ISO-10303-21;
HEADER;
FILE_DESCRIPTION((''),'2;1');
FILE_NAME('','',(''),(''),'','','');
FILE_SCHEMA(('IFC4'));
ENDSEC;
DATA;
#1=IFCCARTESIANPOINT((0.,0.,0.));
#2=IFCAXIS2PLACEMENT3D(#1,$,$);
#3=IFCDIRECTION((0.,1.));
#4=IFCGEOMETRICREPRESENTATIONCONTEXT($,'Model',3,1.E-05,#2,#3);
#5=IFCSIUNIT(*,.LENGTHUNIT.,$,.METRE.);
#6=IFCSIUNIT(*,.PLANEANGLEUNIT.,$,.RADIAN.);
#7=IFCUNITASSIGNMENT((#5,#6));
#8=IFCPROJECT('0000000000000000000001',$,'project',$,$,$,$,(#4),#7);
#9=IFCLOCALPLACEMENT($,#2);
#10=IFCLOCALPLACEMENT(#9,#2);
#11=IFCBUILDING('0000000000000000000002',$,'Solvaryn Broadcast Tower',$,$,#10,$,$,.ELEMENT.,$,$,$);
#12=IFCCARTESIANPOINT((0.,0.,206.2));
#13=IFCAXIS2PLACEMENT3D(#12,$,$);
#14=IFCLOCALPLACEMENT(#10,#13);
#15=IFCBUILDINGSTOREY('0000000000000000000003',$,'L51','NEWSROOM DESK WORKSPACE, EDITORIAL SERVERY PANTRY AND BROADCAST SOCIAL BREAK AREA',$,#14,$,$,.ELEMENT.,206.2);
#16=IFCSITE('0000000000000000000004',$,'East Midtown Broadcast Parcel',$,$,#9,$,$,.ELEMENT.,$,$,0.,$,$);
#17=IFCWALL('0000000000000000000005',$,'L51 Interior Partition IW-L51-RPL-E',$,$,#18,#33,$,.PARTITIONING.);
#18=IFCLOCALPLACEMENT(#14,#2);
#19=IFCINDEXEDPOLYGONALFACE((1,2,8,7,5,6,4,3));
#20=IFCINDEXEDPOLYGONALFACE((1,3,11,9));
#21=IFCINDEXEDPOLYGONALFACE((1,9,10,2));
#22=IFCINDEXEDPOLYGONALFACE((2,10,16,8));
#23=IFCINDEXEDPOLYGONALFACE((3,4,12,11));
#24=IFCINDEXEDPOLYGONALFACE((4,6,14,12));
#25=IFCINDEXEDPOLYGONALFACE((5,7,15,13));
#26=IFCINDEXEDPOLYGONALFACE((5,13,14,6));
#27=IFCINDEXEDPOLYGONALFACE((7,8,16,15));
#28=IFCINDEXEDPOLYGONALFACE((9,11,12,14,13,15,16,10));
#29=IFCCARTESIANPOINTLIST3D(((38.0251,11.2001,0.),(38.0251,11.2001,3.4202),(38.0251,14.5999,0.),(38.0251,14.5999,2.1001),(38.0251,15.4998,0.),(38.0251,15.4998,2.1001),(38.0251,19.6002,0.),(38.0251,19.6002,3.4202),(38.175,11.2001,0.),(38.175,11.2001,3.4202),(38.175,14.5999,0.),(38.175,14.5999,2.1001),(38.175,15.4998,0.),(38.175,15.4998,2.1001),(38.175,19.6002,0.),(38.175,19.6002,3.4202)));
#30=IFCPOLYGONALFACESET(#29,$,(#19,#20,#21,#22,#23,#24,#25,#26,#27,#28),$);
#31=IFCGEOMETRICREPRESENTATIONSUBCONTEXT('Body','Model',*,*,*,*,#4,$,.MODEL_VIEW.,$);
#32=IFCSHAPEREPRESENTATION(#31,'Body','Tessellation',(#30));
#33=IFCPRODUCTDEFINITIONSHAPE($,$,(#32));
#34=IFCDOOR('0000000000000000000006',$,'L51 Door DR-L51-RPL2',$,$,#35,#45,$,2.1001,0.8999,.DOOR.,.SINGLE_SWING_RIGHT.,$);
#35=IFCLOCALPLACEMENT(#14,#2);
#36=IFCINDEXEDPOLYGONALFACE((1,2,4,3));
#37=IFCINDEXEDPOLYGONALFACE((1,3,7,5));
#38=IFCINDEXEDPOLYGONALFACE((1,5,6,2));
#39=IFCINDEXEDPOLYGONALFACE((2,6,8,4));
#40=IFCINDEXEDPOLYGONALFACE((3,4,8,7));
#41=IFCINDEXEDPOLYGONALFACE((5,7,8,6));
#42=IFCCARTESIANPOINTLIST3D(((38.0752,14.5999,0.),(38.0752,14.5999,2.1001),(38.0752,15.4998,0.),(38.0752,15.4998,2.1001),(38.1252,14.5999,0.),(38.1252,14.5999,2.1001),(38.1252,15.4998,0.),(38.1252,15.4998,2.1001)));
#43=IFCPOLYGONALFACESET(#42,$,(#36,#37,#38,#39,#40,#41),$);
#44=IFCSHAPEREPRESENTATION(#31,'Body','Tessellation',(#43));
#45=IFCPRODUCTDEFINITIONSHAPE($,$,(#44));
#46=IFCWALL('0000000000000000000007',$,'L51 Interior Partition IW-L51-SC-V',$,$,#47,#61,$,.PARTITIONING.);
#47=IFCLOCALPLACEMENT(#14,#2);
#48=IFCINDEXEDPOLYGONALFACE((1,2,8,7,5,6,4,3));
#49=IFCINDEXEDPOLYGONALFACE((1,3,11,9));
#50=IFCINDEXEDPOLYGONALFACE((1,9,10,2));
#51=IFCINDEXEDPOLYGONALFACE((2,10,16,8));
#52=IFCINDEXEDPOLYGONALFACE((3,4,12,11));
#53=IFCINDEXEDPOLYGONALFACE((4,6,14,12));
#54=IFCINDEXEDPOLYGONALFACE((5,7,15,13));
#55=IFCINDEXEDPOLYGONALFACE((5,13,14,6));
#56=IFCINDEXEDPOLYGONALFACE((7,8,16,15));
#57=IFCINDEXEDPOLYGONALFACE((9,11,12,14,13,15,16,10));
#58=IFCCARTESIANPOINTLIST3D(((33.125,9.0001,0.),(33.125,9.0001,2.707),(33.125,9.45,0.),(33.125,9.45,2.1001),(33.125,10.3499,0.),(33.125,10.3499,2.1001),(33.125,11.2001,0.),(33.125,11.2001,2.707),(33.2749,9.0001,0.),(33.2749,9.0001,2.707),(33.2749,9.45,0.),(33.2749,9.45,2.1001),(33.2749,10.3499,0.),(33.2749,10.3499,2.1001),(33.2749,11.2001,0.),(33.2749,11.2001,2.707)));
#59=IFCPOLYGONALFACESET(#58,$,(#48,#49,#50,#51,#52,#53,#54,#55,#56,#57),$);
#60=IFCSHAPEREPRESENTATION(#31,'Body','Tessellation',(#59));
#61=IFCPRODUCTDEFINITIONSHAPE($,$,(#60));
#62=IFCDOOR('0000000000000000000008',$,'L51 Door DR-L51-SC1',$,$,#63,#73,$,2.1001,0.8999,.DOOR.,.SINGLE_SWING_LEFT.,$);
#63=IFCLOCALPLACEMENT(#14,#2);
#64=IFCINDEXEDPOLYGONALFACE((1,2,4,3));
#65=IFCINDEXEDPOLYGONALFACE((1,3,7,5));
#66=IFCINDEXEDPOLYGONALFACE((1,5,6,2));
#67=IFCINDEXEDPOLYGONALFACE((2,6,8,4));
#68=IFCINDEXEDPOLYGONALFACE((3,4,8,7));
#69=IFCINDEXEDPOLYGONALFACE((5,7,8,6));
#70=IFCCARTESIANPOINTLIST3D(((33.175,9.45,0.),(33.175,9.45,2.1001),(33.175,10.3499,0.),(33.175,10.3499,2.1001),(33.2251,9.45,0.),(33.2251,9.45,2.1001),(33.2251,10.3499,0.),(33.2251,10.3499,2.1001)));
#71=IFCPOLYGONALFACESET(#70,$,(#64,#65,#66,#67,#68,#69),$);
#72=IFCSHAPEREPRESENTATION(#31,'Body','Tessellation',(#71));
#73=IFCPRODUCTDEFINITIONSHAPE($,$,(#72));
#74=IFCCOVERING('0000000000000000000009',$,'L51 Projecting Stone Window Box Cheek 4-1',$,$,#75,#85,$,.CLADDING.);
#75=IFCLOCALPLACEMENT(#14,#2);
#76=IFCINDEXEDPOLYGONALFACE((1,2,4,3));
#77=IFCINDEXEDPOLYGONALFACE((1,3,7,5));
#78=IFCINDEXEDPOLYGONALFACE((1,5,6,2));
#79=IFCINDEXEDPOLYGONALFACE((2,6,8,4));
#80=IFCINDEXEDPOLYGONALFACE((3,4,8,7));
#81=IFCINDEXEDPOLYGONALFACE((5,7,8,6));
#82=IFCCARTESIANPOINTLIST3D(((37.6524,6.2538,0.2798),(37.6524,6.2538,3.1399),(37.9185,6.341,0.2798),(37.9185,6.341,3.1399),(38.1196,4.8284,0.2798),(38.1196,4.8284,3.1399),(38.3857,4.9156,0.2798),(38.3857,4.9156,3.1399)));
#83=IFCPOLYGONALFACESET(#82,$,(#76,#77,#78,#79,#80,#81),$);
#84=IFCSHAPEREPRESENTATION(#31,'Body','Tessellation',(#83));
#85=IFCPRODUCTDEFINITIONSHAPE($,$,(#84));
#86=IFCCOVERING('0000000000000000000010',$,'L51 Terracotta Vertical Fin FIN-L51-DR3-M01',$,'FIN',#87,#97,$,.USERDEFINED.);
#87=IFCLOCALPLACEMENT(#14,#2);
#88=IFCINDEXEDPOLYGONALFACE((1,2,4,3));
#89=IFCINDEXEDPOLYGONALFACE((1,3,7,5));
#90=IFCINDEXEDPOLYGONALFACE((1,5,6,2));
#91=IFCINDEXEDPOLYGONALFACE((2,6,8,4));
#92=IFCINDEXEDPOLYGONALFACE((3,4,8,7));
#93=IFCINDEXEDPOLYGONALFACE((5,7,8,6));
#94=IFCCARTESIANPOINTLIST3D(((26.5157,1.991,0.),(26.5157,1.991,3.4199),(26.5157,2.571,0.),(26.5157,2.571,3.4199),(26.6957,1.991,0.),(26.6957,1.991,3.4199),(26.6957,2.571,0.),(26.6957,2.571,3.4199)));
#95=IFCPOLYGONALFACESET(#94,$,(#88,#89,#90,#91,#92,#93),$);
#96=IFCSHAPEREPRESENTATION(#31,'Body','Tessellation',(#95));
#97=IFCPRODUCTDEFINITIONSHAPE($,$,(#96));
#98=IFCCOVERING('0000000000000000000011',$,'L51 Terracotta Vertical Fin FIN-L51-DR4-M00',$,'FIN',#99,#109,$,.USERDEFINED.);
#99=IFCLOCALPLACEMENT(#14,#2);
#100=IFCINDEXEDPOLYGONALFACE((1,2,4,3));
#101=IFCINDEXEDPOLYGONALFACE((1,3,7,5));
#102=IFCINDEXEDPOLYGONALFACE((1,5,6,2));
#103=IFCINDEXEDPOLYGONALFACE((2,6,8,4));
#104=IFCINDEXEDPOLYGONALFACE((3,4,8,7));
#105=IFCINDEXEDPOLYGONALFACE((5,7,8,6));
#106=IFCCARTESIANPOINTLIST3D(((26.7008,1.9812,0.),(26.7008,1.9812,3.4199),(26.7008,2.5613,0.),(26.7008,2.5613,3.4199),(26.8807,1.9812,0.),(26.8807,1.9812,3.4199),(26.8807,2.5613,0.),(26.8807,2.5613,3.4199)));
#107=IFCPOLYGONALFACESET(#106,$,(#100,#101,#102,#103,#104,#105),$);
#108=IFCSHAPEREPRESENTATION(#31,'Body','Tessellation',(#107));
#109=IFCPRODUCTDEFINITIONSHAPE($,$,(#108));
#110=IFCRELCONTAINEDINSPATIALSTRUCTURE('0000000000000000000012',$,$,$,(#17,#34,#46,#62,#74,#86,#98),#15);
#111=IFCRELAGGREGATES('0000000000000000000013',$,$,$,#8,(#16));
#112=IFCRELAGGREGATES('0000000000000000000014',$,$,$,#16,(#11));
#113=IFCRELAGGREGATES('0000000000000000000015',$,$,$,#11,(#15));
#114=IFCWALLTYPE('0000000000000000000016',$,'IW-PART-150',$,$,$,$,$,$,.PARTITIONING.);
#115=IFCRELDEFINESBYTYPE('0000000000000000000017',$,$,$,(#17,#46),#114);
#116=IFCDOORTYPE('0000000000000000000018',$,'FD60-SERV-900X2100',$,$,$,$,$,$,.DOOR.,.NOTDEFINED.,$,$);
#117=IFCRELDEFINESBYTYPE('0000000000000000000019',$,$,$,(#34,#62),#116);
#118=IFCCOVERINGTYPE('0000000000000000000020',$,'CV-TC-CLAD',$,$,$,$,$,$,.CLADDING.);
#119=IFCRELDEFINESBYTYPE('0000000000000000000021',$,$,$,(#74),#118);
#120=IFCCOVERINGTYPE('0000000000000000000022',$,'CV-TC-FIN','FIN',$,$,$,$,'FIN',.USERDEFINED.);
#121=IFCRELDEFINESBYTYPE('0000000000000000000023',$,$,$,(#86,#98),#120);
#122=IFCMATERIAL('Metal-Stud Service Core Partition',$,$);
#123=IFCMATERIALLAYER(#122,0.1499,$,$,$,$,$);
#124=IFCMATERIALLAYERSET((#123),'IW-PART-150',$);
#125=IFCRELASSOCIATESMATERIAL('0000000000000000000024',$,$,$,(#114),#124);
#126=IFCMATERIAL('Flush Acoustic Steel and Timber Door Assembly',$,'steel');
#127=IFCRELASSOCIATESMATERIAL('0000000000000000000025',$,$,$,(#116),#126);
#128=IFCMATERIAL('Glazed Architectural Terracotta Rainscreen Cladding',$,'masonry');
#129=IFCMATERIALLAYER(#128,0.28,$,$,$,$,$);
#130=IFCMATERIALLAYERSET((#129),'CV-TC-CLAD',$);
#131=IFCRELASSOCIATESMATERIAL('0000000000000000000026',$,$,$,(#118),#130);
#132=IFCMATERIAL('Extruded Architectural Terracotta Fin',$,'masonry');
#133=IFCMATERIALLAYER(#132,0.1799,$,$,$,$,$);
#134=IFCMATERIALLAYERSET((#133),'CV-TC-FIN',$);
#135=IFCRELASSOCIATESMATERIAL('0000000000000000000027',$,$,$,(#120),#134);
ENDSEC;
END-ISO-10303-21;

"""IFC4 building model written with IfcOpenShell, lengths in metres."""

from ifc_helpers import new_model, si_unit, direction, frame, frame_2d, origin, origin_2d, place, context, subcontext, project, spatial, rectangle, extrude, material, layer, layer_set, type_object, element, fill, save


model = new_model("IFC4")

# Units and contexts
model_context = context("Model", 3, precision=1e-05, world=origin(), true_north=direction((0.0, 1.0)))
body_context = subcontext(model_context, "Body", "Model", "MODEL_VIEW")
ifc_project = project(units=[si_unit("LENGTHUNIT", "METRE"), si_unit("PLANEANGLEUNIT", "RADIAN")], contexts=[model_context])

# Site, building, storey
site_placement = place(None, origin())
site = spatial("IfcSite", under=ifc_project, at=site_placement, Name="East Midtown Broadcast Parcel", CompositionType="ELEMENT", RefElevation=0.0)
building_placement = place(site_placement, origin())
building = spatial("IfcBuilding", under=site, at=building_placement, Name="Solvaryn Broadcast Tower", CompositionType="ELEMENT")
storey_placement = place(building_placement, frame((0.0, 0.0, 206.2)))
storey = spatial("IfcBuildingStorey", under=building, at=storey_placement, Name="L51", Description="NEWSROOM DESK WORKSPACE, EDITORIAL SERVERY PANTRY AND BROADCAST SOCIAL BREAK AREA", CompositionType="ELEMENT", Elevation=206.2)

# Walls, openings, doors
ifc_material_1 = material(Name="Metal-Stud Service Core Partition")
ifc_layer_1 = layer(ifc_material_1, 0.1499)
ifc_layer_set_1 = layer_set([ifc_layer_1], Name="IW-PART-150")
wall_type_1 = type_object("IfcWallType", Name="IW-PART-150", PredefinedType="PARTITIONING", material=ifc_layer_set_1)
wall_1_placement = place(storey_placement, frame((38.1001, 11.2, 0.0), z_axis=(0.0, 0.0, 1.0), x_axis=(0.0, 1.0, 0.0)))
wall_1 = element("IfcWall", 1, at=wall_1_placement, inside=storey, type_object=wall_type_1, Name="L51 Interior Partition IW-L51-RPL-E", PredefinedType="PARTITIONING", context=body_context, shape_type="SweptSolid", body=[
    extrude(rectangle(XDim=8.4001, YDim=0.1499, at=frame_2d((4.2002, 0.0))), origin(), (0.0, 0.0, 1.0), 3.4202),
])
opening_1_placement = place(wall_1_placement, frame((3.3999, 0.0, 0.0)))
opening_1 = element("IfcOpeningElement", 2, at=opening_1_placement, cuts=wall_1, PredefinedType="OPENING", context=body_context, shape_type="SweptSolid", body=[
    extrude(rectangle(XDim=0.8999, YDim=2.1001, at=frame_2d((0.45, 1.05))), frame((0.0, 0.085, 0.0), z_axis=(0.0, -1.0, 0.0), x_axis=(1.0, 0.0, 0.0)), (0.0, 0.0, 1.0), 0.1699),
])
ifc_material_2 = material(Name="Flush Acoustic Steel and Timber Door Assembly", Category="steel")
door_type = type_object("IfcDoorType", Name="FD60-SERV-900X2100", OperationType="NOTDEFINED", PredefinedType="DOOR", material=ifc_material_2)
door_1_placement = place(opening_1_placement, origin())
door_1 = element("IfcDoor", 3, at=door_1_placement, inside=storey, type_object=door_type, Name="L51 Door DR-L51-RPL2", OperationType="SINGLE_SWING_RIGHT", OverallHeight=2.1001, OverallWidth=0.8999, PredefinedType="DOOR", context=body_context, shape_type="SweptSolid", body=[
    extrude(rectangle(XDim=0.8999, YDim=2.1001, at=frame_2d((0.45, 1.05))), frame((0.0, 0.0249, 0.0), z_axis=(0.0, -1.0, 0.0), x_axis=(1.0, 0.0, 0.0)), (0.0, 0.0, 1.0), 0.05),
])
fill(opening_1, door_1)
wall_2_placement = place(storey_placement, frame((33.2, 9.0, 0.0), z_axis=(0.0, 0.0, 1.0), x_axis=(0.0, 1.0, 0.0)))
wall_2 = element("IfcWall", 4, at=wall_2_placement, inside=storey, type_object=wall_type_1, Name="L51 Interior Partition IW-L51-SC-V", PredefinedType="PARTITIONING", context=body_context, shape_type="SweptSolid", body=[
    extrude(rectangle(XDim=2.2, YDim=0.1499, at=frame_2d((1.1001, 0.0))), origin(), (0.0, 0.0, 1.0), 2.707),
])
opening_2_placement = place(wall_2_placement, frame((0.45, 0.0, 0.0)))
opening_2 = element("IfcOpeningElement", 5, at=opening_2_placement, cuts=wall_2, PredefinedType="OPENING", context=body_context, shape_type="SweptSolid", body=[
    extrude(rectangle(XDim=0.8999, YDim=2.1001, at=frame_2d((0.45, 1.05))), frame((0.0, 0.085, 0.0), z_axis=(0.0, -1.0, 0.0), x_axis=(1.0, 0.0, 0.0)), (0.0, 0.0, 1.0), 0.1699),
])
door_2_placement = place(opening_2_placement, origin())
door_2 = element("IfcDoor", 6, at=door_2_placement, inside=storey, type_object=door_type, Name="L51 Door DR-L51-SC1", OperationType="SINGLE_SWING_LEFT", OverallHeight=2.1001, OverallWidth=0.8999, PredefinedType="DOOR", context=body_context, shape_type="SweptSolid", body=[
    extrude(rectangle(XDim=0.8999, YDim=2.1001, at=frame_2d((0.45, 1.05))), frame((0.0, 0.0249, 0.0), z_axis=(0.0, -1.0, 0.0), x_axis=(1.0, 0.0, 0.0)), (0.0, 0.0, 1.0), 0.05),
])
fill(opening_2, door_2)

# Coverings
ifc_material_3 = material(Name="Glazed Architectural Terracotta Rainscreen Cladding", Category="masonry")
ifc_layer_2 = layer(ifc_material_3, 0.28)
ifc_layer_set_2 = layer_set([ifc_layer_2], Name="CV-TC-CLAD")
covering_type_1 = type_object("IfcCoveringType", Name="CV-TC-CLAD", PredefinedType="CLADDING", material=ifc_layer_set_2)
covering_placement = place(storey_placement, frame((38.019, 5.5847, 0.2798), z_axis=(0.0, 0.0, 1.0), x_axis=(0.950244, 0.311506, 0.0)))
element("IfcCovering", 7, at=covering_placement, inside=storey, type_object=covering_type_1, Name="L51 Projecting Stone Window Box Cheek 4-1", PredefinedType="CLADDING", context=body_context, shape_type="SweptSolid", body=[
    extrude(rectangle(XDim=0.28, YDim=1.5, at=origin_2d()), origin(), (0.0, 0.0, 1.0), 2.8601),
])
ifc_material_4 = material(Name="Extruded Architectural Terracotta Fin", Category="masonry")
ifc_layer_3 = layer(ifc_material_4, 0.1799)
ifc_layer_set_3 = layer_set([ifc_layer_3], Name="CV-TC-FIN")
covering_type_2 = type_object("IfcCoveringType", Name="CV-TC-FIN", Description="FIN", ElementType="FIN", PredefinedType="USERDEFINED", material=ifc_layer_set_3)
for number, where, z_axis, x_axis, name in (
    (8, (26.6057, 2.281, 0.0), (0.0, 0.0, 1.0), (1.0, 0.0, 0.0), "L51 Terracotta Vertical Fin FIN-L51-DR3-M01"),
    (9, (26.7908, 2.2712, 0.0), (0.0, 0.0, 1.0), (1.0, 0.0, 0.0), "L51 Terracotta Vertical Fin FIN-L51-DR4-M00"),
):
    element("IfcCovering", number, at=place(storey_placement, frame(where, z_axis=z_axis, x_axis=x_axis)), inside=storey, type_object=covering_type_2, Name=name, ObjectType="FIN", PredefinedType="USERDEFINED", context=body_context, shape_type="SweptSolid", body=[
        extrude(rectangle(XDim=0.1799, YDim=0.5801, at=origin_2d()), origin(), (0.0, 0.0, 1.0), 3.4199),
    ])

save(model, "model.ifc")
